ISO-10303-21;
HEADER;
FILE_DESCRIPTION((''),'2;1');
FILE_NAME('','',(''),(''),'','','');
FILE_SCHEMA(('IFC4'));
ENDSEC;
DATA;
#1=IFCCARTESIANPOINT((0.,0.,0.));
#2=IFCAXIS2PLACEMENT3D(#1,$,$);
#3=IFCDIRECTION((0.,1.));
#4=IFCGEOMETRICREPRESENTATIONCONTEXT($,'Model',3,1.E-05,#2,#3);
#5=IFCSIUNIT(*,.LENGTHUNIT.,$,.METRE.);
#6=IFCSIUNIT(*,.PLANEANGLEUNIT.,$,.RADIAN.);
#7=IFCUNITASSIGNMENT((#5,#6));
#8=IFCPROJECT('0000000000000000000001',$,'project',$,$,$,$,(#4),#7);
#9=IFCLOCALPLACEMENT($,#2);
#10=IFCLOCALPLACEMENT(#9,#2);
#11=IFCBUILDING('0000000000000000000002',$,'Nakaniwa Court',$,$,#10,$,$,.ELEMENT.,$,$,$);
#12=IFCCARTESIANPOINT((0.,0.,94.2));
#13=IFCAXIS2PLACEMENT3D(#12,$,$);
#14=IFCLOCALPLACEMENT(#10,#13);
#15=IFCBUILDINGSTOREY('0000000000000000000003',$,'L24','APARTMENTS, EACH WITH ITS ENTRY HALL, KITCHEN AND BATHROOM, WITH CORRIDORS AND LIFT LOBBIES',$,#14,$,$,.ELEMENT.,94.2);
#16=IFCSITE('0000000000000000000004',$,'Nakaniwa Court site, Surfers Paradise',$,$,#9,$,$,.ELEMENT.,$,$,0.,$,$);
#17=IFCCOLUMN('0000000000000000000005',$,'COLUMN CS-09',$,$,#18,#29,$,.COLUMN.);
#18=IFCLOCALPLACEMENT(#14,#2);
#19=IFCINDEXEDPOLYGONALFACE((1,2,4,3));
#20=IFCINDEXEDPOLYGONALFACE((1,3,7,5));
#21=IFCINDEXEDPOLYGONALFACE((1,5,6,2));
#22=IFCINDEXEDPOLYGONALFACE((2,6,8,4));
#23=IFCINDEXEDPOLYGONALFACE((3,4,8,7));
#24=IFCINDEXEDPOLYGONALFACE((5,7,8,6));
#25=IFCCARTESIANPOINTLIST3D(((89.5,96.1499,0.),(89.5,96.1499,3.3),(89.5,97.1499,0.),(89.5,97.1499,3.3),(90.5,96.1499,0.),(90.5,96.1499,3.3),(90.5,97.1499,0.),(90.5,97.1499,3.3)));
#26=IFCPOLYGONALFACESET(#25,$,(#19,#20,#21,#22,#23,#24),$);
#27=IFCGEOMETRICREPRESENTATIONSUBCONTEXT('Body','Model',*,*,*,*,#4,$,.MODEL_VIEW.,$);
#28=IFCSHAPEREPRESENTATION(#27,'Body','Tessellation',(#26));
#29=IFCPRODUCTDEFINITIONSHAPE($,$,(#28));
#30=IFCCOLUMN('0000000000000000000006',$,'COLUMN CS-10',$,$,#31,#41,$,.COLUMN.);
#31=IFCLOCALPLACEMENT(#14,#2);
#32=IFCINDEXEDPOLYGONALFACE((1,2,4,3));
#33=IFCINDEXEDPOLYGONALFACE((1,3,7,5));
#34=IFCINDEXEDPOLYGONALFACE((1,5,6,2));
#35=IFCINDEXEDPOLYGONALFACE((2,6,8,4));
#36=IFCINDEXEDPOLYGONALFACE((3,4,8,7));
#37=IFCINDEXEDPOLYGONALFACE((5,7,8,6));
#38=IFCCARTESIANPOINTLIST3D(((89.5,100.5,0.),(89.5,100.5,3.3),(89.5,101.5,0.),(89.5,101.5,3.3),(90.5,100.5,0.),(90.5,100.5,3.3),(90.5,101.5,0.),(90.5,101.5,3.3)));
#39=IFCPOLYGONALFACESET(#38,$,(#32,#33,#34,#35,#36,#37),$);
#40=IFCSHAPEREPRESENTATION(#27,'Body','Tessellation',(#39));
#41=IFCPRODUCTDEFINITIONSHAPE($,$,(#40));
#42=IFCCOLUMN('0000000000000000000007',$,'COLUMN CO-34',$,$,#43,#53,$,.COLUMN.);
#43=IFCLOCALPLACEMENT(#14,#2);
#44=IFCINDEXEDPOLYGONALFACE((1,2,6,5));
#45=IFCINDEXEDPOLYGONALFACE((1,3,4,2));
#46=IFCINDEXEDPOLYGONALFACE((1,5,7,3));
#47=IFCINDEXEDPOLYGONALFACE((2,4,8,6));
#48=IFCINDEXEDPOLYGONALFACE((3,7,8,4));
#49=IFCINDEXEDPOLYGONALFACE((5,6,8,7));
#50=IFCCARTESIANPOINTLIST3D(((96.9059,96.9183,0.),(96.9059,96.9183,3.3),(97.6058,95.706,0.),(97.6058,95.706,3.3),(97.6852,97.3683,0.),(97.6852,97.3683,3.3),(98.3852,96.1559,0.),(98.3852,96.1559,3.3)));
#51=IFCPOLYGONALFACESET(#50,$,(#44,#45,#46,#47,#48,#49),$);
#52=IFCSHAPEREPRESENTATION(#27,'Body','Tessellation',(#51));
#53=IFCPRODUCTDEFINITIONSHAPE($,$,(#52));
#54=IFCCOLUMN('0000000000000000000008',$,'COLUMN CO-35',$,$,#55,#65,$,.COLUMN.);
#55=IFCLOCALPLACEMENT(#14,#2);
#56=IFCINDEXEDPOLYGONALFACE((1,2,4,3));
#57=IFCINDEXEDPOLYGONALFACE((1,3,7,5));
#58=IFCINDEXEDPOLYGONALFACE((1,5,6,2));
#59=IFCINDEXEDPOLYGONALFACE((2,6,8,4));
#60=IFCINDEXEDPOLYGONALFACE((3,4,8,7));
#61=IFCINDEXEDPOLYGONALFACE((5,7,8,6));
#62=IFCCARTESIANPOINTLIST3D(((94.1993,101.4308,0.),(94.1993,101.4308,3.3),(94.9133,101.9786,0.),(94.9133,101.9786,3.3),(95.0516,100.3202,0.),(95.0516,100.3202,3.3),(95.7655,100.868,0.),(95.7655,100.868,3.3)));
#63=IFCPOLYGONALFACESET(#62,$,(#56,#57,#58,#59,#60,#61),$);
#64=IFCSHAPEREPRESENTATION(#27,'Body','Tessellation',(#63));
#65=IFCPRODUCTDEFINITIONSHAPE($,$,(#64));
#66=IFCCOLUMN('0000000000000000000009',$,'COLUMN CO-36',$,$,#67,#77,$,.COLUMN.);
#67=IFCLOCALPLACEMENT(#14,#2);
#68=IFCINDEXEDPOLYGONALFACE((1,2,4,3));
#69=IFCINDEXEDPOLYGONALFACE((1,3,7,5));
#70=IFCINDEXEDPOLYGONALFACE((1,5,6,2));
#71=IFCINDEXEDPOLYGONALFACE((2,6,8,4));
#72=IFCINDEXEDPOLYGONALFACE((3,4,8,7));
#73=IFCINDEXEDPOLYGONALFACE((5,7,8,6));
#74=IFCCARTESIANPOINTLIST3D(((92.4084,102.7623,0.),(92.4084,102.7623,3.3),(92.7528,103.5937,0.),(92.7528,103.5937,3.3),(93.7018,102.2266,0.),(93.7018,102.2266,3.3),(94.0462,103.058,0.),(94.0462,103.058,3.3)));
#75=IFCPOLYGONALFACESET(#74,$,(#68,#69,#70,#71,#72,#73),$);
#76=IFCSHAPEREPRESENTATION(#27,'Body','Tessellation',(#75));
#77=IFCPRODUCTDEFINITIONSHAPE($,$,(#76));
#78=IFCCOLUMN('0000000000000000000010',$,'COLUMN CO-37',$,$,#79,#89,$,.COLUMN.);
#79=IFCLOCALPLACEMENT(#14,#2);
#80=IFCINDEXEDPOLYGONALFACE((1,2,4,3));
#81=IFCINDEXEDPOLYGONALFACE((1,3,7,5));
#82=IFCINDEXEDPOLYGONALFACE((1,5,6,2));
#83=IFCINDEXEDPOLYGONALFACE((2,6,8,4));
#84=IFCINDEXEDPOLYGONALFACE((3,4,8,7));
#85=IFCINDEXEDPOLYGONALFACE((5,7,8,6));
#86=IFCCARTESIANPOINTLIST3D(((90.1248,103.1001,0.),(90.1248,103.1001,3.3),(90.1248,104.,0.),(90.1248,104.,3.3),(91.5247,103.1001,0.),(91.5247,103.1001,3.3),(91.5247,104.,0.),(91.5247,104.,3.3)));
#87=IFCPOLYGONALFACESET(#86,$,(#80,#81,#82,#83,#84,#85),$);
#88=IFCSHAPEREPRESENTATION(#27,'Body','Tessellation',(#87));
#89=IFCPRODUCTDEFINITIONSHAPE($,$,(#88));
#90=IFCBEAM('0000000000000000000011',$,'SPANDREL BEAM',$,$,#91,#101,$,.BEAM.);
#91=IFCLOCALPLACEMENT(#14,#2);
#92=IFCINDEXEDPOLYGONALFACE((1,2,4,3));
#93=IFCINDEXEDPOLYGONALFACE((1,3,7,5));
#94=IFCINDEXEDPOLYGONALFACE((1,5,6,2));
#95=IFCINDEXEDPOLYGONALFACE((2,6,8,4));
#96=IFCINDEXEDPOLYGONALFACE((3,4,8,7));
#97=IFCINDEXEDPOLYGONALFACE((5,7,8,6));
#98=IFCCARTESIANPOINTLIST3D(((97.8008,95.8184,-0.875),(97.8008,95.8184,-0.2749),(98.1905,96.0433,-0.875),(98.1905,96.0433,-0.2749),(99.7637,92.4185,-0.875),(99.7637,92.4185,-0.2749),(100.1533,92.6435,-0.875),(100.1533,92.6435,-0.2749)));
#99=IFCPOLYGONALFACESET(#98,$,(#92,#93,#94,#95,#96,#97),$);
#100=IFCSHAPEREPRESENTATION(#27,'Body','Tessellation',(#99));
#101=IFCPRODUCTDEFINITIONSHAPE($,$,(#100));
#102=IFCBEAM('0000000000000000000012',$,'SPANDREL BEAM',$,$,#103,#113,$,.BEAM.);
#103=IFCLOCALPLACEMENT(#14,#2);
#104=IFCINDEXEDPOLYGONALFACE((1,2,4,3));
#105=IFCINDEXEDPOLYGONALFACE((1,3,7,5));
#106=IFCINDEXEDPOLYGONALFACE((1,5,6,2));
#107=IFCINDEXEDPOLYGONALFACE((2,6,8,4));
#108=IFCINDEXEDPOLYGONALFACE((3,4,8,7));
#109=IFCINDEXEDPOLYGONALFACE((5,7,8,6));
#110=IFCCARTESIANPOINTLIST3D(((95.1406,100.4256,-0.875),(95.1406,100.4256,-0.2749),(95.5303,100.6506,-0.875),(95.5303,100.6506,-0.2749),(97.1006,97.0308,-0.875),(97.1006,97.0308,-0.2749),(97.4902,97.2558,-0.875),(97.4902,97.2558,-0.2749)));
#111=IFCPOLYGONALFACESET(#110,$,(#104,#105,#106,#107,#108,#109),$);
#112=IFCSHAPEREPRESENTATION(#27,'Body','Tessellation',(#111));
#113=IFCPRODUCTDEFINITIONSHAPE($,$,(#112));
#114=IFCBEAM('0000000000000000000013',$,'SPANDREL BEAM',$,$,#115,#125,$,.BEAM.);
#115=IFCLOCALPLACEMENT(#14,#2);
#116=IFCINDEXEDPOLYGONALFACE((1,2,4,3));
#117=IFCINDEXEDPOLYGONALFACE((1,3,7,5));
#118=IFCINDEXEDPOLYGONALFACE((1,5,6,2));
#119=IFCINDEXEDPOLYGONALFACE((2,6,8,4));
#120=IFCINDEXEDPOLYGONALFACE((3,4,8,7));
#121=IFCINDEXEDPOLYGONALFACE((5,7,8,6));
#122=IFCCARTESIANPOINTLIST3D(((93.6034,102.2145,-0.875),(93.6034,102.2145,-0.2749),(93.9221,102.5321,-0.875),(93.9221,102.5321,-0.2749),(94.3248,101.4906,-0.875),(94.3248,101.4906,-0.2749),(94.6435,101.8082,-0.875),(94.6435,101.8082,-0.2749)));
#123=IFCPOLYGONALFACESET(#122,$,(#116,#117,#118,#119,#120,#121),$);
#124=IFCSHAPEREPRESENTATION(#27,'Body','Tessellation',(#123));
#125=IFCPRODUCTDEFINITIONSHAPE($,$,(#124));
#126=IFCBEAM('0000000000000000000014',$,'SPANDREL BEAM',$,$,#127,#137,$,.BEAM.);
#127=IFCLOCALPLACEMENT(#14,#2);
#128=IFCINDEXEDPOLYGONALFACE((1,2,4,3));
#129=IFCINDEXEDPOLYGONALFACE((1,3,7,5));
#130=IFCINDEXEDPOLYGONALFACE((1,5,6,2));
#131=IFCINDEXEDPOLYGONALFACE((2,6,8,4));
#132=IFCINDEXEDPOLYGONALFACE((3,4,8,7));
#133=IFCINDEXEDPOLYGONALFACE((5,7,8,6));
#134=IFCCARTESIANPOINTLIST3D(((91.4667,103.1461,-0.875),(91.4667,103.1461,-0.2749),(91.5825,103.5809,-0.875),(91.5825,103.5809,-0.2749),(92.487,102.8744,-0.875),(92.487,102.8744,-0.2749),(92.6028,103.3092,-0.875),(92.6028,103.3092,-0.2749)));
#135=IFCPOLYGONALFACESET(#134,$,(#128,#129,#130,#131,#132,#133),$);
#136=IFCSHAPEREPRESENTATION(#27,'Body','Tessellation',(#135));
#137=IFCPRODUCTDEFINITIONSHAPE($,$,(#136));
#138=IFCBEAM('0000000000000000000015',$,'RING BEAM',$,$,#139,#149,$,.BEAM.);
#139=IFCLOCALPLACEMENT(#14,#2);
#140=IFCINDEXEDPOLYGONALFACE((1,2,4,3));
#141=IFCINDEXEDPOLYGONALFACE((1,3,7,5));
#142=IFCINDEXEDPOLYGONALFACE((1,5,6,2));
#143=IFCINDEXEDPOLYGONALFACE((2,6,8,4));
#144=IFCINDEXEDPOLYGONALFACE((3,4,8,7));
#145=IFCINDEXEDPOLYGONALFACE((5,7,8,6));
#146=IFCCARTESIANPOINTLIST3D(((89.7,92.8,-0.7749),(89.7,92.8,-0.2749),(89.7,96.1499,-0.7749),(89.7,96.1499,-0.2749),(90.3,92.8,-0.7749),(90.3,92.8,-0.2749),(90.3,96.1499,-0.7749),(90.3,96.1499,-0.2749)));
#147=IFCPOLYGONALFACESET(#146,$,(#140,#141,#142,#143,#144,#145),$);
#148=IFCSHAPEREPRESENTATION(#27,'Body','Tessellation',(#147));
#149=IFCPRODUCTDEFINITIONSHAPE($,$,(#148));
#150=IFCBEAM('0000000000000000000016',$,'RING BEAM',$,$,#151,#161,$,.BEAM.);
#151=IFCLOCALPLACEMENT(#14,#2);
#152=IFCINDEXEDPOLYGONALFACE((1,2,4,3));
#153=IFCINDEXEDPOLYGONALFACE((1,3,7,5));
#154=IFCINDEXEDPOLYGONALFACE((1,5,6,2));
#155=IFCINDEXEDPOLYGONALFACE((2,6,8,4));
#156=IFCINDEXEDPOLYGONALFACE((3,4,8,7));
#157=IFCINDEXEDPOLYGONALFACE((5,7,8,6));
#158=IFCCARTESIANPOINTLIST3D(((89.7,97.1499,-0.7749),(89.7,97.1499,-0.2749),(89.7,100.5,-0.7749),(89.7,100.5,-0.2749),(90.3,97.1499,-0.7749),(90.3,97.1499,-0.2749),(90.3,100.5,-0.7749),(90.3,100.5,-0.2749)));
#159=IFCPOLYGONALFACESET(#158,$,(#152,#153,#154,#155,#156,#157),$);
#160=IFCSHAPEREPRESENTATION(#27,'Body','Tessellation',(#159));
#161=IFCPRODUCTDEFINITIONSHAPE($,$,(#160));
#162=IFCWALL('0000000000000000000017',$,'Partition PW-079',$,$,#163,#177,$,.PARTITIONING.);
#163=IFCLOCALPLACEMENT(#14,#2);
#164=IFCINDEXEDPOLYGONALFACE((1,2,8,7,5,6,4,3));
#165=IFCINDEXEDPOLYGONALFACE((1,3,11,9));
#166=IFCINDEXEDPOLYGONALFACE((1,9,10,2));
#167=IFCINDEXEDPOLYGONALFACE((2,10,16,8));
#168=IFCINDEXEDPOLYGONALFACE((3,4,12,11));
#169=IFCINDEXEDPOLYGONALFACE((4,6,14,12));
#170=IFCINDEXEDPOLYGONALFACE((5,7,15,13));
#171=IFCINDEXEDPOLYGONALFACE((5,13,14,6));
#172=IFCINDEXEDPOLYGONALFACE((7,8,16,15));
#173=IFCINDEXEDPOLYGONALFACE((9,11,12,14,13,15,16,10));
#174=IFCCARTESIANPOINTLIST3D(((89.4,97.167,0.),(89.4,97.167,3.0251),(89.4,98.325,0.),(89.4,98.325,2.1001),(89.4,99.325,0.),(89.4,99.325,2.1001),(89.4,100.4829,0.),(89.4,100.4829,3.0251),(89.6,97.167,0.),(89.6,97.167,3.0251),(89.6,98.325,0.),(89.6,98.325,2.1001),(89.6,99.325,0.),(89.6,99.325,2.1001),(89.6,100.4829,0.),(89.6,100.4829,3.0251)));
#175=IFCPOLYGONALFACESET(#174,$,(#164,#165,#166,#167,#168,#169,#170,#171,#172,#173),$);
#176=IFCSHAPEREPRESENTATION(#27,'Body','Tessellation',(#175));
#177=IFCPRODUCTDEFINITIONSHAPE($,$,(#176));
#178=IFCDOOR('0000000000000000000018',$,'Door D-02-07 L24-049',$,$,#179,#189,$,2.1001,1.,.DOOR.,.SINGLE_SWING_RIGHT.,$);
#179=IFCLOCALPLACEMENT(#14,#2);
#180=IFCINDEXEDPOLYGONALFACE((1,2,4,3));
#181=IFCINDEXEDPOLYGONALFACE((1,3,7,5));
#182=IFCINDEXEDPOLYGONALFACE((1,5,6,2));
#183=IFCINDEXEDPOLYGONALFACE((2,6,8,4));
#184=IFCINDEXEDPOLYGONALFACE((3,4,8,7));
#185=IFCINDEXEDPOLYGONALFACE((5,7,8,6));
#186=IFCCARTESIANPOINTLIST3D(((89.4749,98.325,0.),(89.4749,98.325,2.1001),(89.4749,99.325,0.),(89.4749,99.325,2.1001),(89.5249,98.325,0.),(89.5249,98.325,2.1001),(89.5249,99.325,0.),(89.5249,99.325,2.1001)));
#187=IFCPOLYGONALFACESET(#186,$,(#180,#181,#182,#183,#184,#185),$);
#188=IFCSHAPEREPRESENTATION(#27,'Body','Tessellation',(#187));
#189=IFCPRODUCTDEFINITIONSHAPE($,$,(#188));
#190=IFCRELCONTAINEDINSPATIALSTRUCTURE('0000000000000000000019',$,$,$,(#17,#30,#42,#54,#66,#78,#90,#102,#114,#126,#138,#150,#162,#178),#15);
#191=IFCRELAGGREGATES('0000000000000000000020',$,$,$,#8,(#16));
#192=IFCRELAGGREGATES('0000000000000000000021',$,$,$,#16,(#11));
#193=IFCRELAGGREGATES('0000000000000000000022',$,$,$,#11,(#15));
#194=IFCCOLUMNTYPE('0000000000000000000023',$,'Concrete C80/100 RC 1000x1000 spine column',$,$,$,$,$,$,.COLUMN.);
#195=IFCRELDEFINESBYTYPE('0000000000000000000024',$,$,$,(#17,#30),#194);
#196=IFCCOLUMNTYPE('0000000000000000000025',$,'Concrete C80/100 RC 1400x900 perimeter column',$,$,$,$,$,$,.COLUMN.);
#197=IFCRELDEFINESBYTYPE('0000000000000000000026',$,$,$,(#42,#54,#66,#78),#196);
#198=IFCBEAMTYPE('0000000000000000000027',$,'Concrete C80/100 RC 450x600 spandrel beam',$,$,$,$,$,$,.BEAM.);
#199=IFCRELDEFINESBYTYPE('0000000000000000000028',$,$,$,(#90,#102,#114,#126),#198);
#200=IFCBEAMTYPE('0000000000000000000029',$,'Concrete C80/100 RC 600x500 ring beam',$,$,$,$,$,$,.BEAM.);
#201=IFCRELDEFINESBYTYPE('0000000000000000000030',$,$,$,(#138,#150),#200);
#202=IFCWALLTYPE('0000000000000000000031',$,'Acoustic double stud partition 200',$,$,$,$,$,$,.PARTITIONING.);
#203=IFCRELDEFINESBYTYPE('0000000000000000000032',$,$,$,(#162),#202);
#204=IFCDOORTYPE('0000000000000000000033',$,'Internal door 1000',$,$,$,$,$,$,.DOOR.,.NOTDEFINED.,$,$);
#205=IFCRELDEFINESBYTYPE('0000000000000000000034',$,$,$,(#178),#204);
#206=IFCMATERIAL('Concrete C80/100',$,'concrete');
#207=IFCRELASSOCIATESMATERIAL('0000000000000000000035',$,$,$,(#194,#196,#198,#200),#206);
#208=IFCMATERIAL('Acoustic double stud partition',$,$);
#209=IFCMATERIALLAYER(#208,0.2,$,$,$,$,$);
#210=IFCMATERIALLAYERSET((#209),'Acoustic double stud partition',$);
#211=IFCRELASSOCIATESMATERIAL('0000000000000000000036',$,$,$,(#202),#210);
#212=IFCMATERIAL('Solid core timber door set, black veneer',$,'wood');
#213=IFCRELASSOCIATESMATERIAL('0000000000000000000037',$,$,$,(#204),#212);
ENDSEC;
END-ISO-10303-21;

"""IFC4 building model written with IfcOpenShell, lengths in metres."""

from ifc_helpers import new_model, si_unit, direction, frame, frame_2d, origin, origin_2d, place, context, subcontext, project, spatial, rectangle, extrude, material, layer, layer_set, material_profile, profile_set, type_object, element, fill, save


model = new_model("IFC4")

# Units and contexts
model_context = context("Model", 3, precision=1e-05, world=origin(), true_north=direction((0.0, 1.0)))
body_context = subcontext(model_context, "Body", "Model", "MODEL_VIEW")
ifc_project = project(units=[si_unit("LENGTHUNIT", "METRE"), si_unit("PLANEANGLEUNIT", "RADIAN")], contexts=[model_context])

# Site, building, storey
site_placement = place(None, origin())
site = spatial("IfcSite", under=ifc_project, at=site_placement, Name="Nakaniwa Court site, Surfers Paradise", CompositionType="ELEMENT", RefElevation=0.0)
building_placement = place(site_placement, origin())
building = spatial("IfcBuilding", under=site, at=building_placement, Name="Nakaniwa Court", CompositionType="ELEMENT")
storey_placement = place(building_placement, frame((0.0, 0.0, 94.2)))
storey = spatial("IfcBuildingStorey", under=building, at=storey_placement, Name="L24", Description="APARTMENTS, EACH WITH ITS ENTRY HALL, KITCHEN AND BATHROOM, WITH CORRIDORS AND LIFT LOBBIES", CompositionType="ELEMENT", Elevation=94.2)

# Columns
ifc_material_1 = material(Name="Concrete C80/100", Category="concrete")
ifc_material_profile_1 = material_profile(ifc_material_1, rectangle(XDim=1.0, YDim=1.0, at=origin_2d()), Name="Concrete C80/100 RC 1000x1000 spine column")
ifc_profile_set_1 = profile_set([ifc_material_profile_1], Name="Concrete C80/100")
column_type_1 = type_object("IfcColumnType", Name="Concrete C80/100 RC 1000x1000 spine column", PredefinedType="COLUMN", material=ifc_profile_set_1)
for number, where, z_axis, x_axis, name in (
    (1, (90.0, 96.6499, 0.0), (0.0, 0.0, 1.0), (0.0, 1.0, 0.0), "COLUMN CS-09"),
    (2, (90.0, 101.0, 0.0), (0.0, 0.0, 1.0), (0.0, 1.0, 0.0), "COLUMN CS-10"),
):
    element("IfcColumn", number, at=place(storey_placement, frame(where, z_axis=z_axis, x_axis=x_axis)), inside=storey, type_object=column_type_1, Name=name, PredefinedType="COLUMN", context=body_context, shape_type="SweptSolid", body=[
        extrude(rectangle(XDim=1.0, YDim=1.0, at=origin_2d()), origin(), (0.0, 0.0, 1.0), 3.3),
    ])
ifc_material_profile_2 = material_profile(ifc_material_1, rectangle(XDim=1.3999, YDim=0.8999, at=origin_2d()), Name="Concrete C80/100 RC 1400x900 perimeter column")
ifc_profile_set_2 = profile_set([ifc_material_profile_2], Name="Concrete C80/100")
column_type_2 = type_object("IfcColumnType", Name="Concrete C80/100 RC 1400x900 perimeter column", PredefinedType="COLUMN", material=ifc_profile_set_2)
for number, where, z_axis, x_axis, name in (
    (3, (97.6455, 96.5371, 0.0), (0.0, 0.0, 1.0), (-0.5, 0.866025, 0.0), "COLUMN CO-34"),
    (4, (94.9824, 101.1494, 0.0), (0.0, 0.0, 1.0), (-0.608761, 0.793353, 0.0), "COLUMN CO-35"),
    (5, (93.2273, 102.9102, 0.0), (0.0, 0.0, 1.0), (-0.92388, 0.382683, 0.0), "COLUMN CO-36"),
    (6, (90.8247, 103.55, 0.0), (0.0, 0.0, 1.0), (-1.0, 0.0, 0.0), "COLUMN CO-37"),
):
    element("IfcColumn", number, at=place(storey_placement, frame(where, z_axis=z_axis, x_axis=x_axis)), inside=storey, type_object=column_type_2, Name=name, PredefinedType="COLUMN", context=body_context, shape_type="SweptSolid", body=[
        extrude(rectangle(XDim=1.3999, YDim=0.8999, at=origin_2d()), origin(), (0.0, 0.0, 1.0), 3.3),
    ])

# Beams
ifc_material_profile_3 = material_profile(ifc_material_1, rectangle(XDim=0.45, YDim=0.6001, at=origin_2d()), Name="Concrete C80/100 RC 450x600 spandrel beam")
ifc_profile_set_3 = profile_set([ifc_material_profile_3], Name="Concrete C80/100")
beam_type_1 = type_object("IfcBeamType", Name="Concrete C80/100 RC 450x600 spandrel beam", PredefinedType="BEAM", material=ifc_profile_set_3)
beam_1_placement = place(storey_placement, frame((99.9585, 92.531, -0.575), z_axis=(-0.499992, 0.86603, 0.0), x_axis=(-0.86603, -0.499992, 0.0)))
element("IfcBeam", 7, at=beam_1_placement, inside=storey, type_object=beam_type_1, Name="SPANDREL BEAM", PredefinedType="BEAM", context=body_context, shape_type="SweptSolid", body=[
    extrude(rectangle(XDim=0.45, YDim=0.6001, at=origin_2d()), origin(), (0.0, 0.0, 1.0), 3.9258),
])
beam_2_placement = place(storey_placement, frame((97.2954, 97.1433, -0.575), z_axis=(-0.499997, 0.866027, 0.0), x_axis=(-0.866027, -0.499997, 0.0)))
element("IfcBeam", 8, at=beam_2_placement, inside=storey, type_object=beam_type_1, Name="SPANDREL BEAM", PredefinedType="BEAM", context=body_context, shape_type="SweptSolid", body=[
    extrude(rectangle(XDim=0.45, YDim=0.6001, at=origin_2d()), origin(), (0.0, 0.0, 1.0), 3.9199),
])
beam_3_placement = place(storey_placement, frame((94.4841, 101.6494, -0.575), z_axis=(-0.705911, 0.7083, 0.0), x_axis=(-0.7083, -0.705911, 0.0)))
element("IfcBeam", 9, at=beam_3_placement, inside=storey, type_object=beam_type_1, Name="SPANDREL BEAM", PredefinedType="BEAM", context=body_context, shape_type="SweptSolid", body=[
    extrude(rectangle(XDim=0.45, YDim=0.6001, at=origin_2d()), origin(), (0.0, 0.0, 1.0), 1.022),
])
beam_4_placement = place(storey_placement, frame((92.5449, 103.0918, -0.575), z_axis=(-0.966315, 0.25736, 0.0), x_axis=(-0.25736, -0.966315, 0.0)))
element("IfcBeam", 10, at=beam_4_placement, inside=storey, type_object=beam_type_1, Name="SPANDREL BEAM", PredefinedType="BEAM", context=body_context, shape_type="SweptSolid", body=[
    extrude(rectangle(XDim=0.45, YDim=0.6001, at=origin_2d()), origin(), (0.0, 0.0, 1.0), 1.0559),
])
ifc_material_profile_4 = material_profile(ifc_material_1, rectangle(XDim=0.6001, YDim=0.5, at=origin_2d()), Name="Concrete C80/100 RC 600x500 ring beam")
ifc_profile_set_4 = profile_set([ifc_material_profile_4], Name="Concrete C80/100")
beam_type_2 = type_object("IfcBeamType", Name="Concrete C80/100 RC 600x500 ring beam", PredefinedType="BEAM", material=ifc_profile_set_4)
beam_5_placement = place(storey_placement, frame((90.0, 92.8, -0.5249), z_axis=(0.0, 1.0, 0.0), x_axis=(-1.0, 0.0, 0.0)))
element("IfcBeam", 11, at=beam_5_placement, inside=storey, type_object=beam_type_2, Name="RING BEAM", PredefinedType="BEAM", context=body_context, shape_type="SweptSolid", body=[
    extrude(rectangle(XDim=0.6001, YDim=0.5, at=origin_2d()), origin(), (0.0, 0.0, 1.0), 3.3499),
])
beam_6_placement = place(storey_placement, frame((90.0, 97.1499, -0.5249), z_axis=(0.0, 1.0, 0.0), x_axis=(-1.0, 0.0, 0.0)))
element("IfcBeam", 12, at=beam_6_placement, inside=storey, type_object=beam_type_2, Name="RING BEAM", PredefinedType="BEAM", context=body_context, shape_type="SweptSolid", body=[
    extrude(rectangle(XDim=0.6001, YDim=0.5, at=origin_2d()), origin(), (0.0, 0.0, 1.0), 3.3501),
])

# Wall, opening, door
ifc_material_2 = material(Name="Acoustic double stud partition")
ifc_layer_1 = layer(ifc_material_2, 0.2)
ifc_layer_set_1 = layer_set([ifc_layer_1], Name="Acoustic double stud partition")
wall_type_1 = type_object("IfcWallType", Name="Acoustic double stud partition 200", PredefinedType="PARTITIONING", material=ifc_layer_set_1)
wall_1_placement = place(storey_placement, frame((89.5, 100.4829, 0.0), z_axis=(0.0, 0.0, 1.0), x_axis=(0.0, -1.0, 0.0)))
wall_1 = element("IfcWall", 13, at=wall_1_placement, inside=storey, type_object=wall_type_1, Name="Partition PW-079", PredefinedType="PARTITIONING", context=body_context, shape_type="SweptSolid", body=[
    extrude(rectangle(XDim=3.3159, YDim=0.2, at=frame_2d((1.658, 0.0))), origin(), (0.0, 0.0, 1.0), 3.0251),
])
opening_1_placement = place(wall_1_placement, frame((1.158, 0.0, 0.0)))
opening_1 = element("IfcOpeningElement", 14, at=opening_1_placement, cuts=wall_1, PredefinedType="OPENING", context=body_context, shape_type="SweptSolid", body=[
    extrude(rectangle(XDim=1.0, YDim=2.1001, at=frame_2d((0.5, 1.05))), frame((0.0, 0.1099, 0.0), z_axis=(0.0, -1.0, 0.0), x_axis=(1.0, 0.0, 0.0)), (0.0, 0.0, 1.0), 0.22),
])
ifc_material_3 = material(Name="Solid core timber door set, black veneer", Category="wood")
door_type = type_object("IfcDoorType", Name="Internal door 1000", OperationType="NOTDEFINED", PredefinedType="DOOR", material=ifc_material_3)
door_placement = place(opening_1_placement, origin())
door = element("IfcDoor", 15, at=door_placement, inside=storey, type_object=door_type, Name="Door D-02-07 L24-049", OperationType="SINGLE_SWING_RIGHT", OverallHeight=2.1001, OverallWidth=1.0, PredefinedType="DOOR", context=body_context, shape_type="SweptSolid", body=[
    extrude(rectangle(XDim=1.0, YDim=2.1001, at=frame_2d((0.5, 1.05))), frame((0.0, 0.0249, 0.0), z_axis=(0.0, -1.0, 0.0), x_axis=(1.0, 0.0, 0.0)), (0.0, 0.0, 1.0), 0.05),
])
fill(opening_1, door)

save(model, "model.ifc")
